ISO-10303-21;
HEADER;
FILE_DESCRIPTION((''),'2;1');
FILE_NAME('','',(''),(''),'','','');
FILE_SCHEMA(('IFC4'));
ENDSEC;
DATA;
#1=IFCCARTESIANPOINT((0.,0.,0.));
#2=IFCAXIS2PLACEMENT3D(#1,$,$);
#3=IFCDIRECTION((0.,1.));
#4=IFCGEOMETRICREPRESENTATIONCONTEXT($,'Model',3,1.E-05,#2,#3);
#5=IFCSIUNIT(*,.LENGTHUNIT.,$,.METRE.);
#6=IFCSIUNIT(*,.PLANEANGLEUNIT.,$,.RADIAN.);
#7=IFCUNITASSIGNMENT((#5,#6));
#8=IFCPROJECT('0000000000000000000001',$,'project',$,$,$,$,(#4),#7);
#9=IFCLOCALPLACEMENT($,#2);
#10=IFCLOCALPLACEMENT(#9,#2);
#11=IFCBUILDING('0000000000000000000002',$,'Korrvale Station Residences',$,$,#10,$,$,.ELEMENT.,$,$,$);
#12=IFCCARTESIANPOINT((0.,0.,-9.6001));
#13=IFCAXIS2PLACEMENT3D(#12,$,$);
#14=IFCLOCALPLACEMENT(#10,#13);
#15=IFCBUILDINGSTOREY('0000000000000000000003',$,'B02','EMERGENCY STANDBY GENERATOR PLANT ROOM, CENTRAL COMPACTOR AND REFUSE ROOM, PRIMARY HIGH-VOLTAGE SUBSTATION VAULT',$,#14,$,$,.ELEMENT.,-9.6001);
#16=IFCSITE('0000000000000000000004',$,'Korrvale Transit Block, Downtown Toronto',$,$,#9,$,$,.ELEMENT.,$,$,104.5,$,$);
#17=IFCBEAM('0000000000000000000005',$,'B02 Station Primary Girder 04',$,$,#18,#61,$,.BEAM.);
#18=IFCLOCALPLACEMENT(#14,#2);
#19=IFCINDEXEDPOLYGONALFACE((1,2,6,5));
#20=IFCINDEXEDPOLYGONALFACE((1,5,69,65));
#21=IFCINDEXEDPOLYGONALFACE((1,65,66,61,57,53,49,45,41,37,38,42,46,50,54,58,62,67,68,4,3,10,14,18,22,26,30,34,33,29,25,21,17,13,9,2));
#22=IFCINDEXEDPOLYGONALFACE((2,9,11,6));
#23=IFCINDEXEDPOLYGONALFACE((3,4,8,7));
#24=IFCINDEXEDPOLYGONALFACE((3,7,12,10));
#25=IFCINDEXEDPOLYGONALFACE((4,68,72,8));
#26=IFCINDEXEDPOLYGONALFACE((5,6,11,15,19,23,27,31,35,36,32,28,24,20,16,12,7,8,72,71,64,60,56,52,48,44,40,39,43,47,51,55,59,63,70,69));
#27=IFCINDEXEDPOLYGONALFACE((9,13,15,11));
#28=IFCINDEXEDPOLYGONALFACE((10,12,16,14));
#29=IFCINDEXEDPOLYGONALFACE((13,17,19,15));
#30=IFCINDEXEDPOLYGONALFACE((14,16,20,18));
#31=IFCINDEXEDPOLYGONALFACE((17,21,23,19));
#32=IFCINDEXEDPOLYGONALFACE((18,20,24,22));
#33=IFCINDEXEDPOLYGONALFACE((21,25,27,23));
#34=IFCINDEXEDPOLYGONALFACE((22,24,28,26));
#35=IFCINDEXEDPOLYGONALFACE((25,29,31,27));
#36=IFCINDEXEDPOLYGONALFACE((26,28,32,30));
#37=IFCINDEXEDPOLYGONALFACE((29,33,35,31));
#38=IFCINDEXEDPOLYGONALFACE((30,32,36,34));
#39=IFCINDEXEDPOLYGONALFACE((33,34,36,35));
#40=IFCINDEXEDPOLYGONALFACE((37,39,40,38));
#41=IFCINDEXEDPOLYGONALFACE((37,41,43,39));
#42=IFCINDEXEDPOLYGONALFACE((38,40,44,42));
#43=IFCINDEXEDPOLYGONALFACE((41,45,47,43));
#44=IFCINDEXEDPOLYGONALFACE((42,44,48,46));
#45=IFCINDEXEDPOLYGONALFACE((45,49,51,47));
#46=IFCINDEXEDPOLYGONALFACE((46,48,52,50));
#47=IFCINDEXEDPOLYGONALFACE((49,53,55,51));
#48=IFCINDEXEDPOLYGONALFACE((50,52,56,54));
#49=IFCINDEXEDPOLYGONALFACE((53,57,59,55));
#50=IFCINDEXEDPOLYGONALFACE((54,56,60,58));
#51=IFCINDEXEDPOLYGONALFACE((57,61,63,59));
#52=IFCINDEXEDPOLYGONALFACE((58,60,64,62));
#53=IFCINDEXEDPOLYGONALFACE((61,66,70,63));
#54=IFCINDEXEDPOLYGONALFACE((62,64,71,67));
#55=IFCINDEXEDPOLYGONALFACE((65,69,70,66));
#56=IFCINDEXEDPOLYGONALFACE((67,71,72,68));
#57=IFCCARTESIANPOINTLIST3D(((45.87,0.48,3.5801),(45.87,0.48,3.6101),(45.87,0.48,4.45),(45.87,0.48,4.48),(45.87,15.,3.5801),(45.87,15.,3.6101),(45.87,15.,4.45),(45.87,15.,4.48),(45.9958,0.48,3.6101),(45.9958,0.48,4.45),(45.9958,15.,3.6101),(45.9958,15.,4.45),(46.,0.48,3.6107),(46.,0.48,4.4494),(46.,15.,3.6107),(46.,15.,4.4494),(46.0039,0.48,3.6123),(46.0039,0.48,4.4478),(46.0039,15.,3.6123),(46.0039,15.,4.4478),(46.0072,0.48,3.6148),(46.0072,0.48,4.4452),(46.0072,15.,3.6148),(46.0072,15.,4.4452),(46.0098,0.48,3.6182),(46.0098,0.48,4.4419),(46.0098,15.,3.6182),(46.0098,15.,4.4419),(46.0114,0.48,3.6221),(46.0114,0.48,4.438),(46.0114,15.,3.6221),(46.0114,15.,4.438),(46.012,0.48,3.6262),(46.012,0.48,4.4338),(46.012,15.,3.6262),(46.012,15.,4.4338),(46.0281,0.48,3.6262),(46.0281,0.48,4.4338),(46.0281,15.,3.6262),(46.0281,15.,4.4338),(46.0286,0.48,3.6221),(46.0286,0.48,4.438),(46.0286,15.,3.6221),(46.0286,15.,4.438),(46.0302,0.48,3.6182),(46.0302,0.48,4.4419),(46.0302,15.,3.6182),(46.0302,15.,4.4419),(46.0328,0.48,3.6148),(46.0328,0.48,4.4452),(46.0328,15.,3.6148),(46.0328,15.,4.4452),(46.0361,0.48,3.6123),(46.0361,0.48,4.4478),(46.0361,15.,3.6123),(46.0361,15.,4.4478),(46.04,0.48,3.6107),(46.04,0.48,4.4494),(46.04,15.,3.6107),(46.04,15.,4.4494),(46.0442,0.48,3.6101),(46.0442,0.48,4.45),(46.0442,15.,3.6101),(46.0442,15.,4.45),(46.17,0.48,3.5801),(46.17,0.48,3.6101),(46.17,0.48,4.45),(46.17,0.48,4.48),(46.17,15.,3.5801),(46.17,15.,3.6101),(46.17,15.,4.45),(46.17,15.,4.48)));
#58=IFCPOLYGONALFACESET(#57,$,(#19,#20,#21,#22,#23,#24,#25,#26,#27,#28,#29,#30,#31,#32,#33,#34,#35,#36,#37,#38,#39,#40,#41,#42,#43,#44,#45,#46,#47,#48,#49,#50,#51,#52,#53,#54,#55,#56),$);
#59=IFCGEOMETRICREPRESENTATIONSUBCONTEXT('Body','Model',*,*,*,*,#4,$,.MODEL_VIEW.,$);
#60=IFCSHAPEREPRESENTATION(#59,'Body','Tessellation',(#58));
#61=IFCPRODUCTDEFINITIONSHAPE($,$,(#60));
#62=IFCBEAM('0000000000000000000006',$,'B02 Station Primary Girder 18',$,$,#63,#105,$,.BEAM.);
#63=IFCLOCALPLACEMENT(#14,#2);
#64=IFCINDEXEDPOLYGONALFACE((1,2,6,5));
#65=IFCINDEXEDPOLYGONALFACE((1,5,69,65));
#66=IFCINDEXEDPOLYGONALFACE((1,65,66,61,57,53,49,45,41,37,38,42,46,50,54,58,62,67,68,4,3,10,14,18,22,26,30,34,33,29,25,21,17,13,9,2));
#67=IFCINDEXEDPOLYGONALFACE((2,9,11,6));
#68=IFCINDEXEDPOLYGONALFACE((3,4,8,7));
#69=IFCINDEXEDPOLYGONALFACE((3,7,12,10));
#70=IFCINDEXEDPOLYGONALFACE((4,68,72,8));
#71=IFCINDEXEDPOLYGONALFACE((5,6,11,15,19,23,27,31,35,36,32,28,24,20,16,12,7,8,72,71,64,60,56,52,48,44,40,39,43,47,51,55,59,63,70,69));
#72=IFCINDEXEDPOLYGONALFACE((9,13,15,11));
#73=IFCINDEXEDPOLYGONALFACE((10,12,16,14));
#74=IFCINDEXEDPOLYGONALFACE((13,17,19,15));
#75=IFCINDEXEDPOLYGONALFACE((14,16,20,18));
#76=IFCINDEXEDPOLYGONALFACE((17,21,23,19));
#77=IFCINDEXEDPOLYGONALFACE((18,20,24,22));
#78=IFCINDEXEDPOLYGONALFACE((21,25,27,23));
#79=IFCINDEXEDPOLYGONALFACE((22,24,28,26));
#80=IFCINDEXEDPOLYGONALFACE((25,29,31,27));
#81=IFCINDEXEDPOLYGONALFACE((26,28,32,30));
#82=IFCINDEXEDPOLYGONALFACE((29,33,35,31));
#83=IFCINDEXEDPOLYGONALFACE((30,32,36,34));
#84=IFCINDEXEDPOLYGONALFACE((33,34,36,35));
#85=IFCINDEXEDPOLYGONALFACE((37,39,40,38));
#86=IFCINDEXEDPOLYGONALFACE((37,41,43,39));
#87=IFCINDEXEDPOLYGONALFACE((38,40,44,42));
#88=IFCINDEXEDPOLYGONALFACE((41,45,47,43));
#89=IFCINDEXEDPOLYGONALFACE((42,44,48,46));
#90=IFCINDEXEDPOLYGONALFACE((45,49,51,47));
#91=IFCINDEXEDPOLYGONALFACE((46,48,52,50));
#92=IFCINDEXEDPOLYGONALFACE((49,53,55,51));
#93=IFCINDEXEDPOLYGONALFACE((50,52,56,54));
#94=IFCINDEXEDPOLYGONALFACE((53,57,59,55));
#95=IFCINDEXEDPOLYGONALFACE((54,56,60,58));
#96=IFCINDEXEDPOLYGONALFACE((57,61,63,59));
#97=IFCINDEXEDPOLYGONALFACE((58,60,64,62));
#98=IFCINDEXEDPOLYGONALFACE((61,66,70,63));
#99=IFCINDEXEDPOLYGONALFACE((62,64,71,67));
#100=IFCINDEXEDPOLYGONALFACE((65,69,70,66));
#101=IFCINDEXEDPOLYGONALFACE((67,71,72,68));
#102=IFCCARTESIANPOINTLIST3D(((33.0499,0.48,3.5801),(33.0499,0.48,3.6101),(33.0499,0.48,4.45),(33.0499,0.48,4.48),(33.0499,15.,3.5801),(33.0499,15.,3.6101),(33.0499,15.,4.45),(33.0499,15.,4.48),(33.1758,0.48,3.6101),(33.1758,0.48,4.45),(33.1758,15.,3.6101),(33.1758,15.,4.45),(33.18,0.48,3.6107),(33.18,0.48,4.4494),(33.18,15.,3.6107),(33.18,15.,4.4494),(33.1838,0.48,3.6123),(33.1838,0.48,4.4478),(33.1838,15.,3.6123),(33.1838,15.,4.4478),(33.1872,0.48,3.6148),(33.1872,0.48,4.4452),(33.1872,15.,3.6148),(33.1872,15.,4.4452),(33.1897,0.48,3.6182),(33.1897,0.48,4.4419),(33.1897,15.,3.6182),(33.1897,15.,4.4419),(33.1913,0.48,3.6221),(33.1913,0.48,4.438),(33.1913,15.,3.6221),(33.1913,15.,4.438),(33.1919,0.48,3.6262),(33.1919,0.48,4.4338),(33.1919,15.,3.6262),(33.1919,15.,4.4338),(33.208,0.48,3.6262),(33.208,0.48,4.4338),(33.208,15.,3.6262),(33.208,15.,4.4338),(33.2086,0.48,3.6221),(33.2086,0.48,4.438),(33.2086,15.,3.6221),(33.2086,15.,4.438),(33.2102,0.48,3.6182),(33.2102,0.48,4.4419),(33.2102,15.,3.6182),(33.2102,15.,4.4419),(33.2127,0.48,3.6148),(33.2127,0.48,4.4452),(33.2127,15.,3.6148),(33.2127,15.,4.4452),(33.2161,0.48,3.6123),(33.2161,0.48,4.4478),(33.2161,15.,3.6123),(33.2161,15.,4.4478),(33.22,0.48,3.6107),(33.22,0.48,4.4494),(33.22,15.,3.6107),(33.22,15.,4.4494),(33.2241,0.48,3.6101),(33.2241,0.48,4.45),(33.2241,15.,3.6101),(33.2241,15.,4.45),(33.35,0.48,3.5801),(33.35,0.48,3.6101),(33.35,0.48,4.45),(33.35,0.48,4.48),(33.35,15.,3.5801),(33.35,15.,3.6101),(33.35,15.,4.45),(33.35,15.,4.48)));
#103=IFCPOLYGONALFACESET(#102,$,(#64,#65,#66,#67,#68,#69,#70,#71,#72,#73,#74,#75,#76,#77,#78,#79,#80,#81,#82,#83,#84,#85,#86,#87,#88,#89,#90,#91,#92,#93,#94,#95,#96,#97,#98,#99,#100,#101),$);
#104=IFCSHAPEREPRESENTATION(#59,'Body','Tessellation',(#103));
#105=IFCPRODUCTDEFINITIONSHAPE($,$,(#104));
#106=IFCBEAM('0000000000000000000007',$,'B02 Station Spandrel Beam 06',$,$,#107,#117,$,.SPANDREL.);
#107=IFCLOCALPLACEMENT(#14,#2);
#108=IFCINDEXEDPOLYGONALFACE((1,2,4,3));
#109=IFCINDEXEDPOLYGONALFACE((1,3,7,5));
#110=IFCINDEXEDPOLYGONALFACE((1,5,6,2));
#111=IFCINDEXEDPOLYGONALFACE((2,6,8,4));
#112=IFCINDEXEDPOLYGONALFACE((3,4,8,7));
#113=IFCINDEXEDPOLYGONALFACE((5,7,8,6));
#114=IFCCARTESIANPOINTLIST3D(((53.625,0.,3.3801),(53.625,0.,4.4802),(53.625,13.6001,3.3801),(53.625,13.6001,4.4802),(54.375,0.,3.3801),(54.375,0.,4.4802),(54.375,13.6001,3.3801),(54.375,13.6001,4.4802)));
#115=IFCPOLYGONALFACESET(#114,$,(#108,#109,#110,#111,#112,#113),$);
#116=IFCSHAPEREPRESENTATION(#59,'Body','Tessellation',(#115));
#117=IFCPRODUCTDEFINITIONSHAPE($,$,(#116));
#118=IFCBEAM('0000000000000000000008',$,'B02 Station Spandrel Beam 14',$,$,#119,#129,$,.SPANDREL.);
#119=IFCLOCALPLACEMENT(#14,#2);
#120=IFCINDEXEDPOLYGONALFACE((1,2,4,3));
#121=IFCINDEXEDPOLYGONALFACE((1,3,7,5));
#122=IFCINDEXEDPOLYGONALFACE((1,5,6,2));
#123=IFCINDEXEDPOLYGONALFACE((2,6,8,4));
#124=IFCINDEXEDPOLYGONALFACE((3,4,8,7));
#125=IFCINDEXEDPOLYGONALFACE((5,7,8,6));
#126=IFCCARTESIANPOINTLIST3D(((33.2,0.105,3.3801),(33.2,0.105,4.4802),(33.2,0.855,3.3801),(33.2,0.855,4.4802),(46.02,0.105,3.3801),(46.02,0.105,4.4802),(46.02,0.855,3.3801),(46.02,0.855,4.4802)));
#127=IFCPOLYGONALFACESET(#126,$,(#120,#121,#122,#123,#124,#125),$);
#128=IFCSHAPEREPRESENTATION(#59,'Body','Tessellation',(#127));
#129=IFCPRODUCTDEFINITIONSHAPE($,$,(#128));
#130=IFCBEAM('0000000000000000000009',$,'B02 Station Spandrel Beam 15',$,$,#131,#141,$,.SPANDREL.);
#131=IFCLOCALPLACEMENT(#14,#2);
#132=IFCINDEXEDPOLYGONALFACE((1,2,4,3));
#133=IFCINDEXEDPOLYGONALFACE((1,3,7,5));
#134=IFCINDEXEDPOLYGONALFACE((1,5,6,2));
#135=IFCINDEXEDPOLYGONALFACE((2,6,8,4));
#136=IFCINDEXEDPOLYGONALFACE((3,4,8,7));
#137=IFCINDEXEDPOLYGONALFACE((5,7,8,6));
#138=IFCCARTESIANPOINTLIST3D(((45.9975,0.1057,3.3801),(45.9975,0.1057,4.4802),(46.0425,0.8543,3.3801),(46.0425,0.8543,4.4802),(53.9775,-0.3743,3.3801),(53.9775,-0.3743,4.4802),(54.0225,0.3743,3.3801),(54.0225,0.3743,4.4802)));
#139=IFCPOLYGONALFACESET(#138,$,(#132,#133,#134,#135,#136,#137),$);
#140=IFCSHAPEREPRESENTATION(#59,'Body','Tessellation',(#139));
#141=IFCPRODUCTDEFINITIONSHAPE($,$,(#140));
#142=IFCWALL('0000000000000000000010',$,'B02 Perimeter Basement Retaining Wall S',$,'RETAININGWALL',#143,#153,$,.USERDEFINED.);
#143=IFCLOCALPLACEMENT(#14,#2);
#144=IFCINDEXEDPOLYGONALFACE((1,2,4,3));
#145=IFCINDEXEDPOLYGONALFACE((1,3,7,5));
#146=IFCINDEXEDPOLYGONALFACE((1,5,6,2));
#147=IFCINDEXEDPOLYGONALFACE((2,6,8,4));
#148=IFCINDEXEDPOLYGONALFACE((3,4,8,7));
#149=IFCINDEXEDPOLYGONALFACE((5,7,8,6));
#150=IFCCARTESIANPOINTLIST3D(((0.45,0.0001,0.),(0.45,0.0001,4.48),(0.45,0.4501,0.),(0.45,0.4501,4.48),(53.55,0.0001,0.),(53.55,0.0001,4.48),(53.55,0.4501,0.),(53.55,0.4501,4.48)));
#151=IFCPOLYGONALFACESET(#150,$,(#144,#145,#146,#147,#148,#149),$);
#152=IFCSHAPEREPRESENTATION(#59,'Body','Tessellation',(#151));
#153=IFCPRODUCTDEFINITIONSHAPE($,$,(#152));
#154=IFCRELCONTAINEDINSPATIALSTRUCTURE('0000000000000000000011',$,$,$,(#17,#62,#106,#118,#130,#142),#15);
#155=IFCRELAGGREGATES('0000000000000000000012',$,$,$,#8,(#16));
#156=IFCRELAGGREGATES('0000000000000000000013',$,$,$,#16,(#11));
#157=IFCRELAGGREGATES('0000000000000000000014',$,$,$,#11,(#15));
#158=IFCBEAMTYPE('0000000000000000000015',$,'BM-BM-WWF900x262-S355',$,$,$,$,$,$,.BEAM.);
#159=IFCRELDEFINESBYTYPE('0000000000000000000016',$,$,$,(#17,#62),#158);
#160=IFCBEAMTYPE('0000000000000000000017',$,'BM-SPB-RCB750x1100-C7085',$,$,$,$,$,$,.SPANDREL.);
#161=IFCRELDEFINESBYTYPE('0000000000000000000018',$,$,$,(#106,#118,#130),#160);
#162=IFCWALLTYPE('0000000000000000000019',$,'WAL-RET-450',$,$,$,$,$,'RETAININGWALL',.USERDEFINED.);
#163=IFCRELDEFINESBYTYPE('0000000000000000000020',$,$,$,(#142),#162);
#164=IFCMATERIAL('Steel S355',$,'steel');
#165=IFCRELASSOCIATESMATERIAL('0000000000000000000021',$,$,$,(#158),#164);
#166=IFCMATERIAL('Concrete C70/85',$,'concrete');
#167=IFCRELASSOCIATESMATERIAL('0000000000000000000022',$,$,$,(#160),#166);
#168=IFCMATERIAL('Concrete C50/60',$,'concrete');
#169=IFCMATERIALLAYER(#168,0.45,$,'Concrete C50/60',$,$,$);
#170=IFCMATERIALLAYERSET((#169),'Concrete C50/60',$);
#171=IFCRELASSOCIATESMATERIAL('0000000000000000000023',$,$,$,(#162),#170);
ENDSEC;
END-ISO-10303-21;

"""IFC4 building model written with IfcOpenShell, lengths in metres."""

from ifc_helpers import new_model, si_unit, direction, frame, frame_2d, origin, origin_2d, place, context, subcontext, project, spatial, rectangle, i_section, extrude, material, layer, layer_set, material_profile, profile_set, type_object, element, save


model = new_model("IFC4")

# Units and contexts
model_context = context("Model", 3, precision=1e-05, world=origin(), true_north=direction((0.0, 1.0)))
body_context = subcontext(model_context, "Body", "Model", "MODEL_VIEW")
ifc_project = project(units=[si_unit("LENGTHUNIT", "METRE"), si_unit("PLANEANGLEUNIT", "RADIAN")], contexts=[model_context])

# Site, building, storey
site_placement = place(None, origin())
site = spatial("IfcSite", under=ifc_project, at=site_placement, Name="Korrvale Transit Block, Downtown Toronto", CompositionType="ELEMENT", RefElevation=104.5)
building_placement = place(site_placement, origin())
building = spatial("IfcBuilding", under=site, at=building_placement, Name="Korrvale Station Residences", CompositionType="ELEMENT")
storey_placement = place(building_placement, frame((0.0, 0.0, -9.6001)))
storey = spatial("IfcBuildingStorey", under=building, at=storey_placement, Name="B02", Description="EMERGENCY STANDBY GENERATOR PLANT ROOM, CENTRAL COMPACTOR AND REFUSE ROOM, PRIMARY HIGH-VOLTAGE SUBSTATION VAULT", CompositionType="ELEMENT", Elevation=-9.6001)

# Shared definitions
ifc_material_1 = material(Name="Concrete C50/60", Category="concrete")

# Shared definitions
ifc_material_2 = material(Name="Concrete C70/85", Category="concrete")

# Beams
ifc_material_3 = material(Name="Steel S355", Category="steel")
ifc_material_profile_1 = material_profile(ifc_material_3, i_section(OverallWidth=0.3, OverallDepth=0.8999, WebThickness=0.0161, FlangeThickness=0.03, FilletRadius=0.0161, at=origin_2d()), Name="WWF900x262")
ifc_profile_set_1 = profile_set([ifc_material_profile_1], Name="Steel S355")
beam_type_1 = type_object("IfcBeamType", Name="BM-BM-WWF900x262-S355", PredefinedType="BEAM", material=ifc_profile_set_1)
for number, where, z_axis, x_axis, name in (
    (1, (46.02, 0.48, 4.03), (0.0, 1.0, 0.0), (-1.0, 0.0, 0.0), "B02 Station Primary Girder 04"),
    (2, (33.2, 0.48, 4.03), (0.0, 1.0, 0.0), (-1.0, 0.0, 0.0), "B02 Station Primary Girder 18"),
):
    element("IfcBeam", number, at=place(storey_placement, frame(where, z_axis=z_axis, x_axis=x_axis)), inside=storey, type_object=beam_type_1, Name=name, PredefinedType="BEAM", context=body_context, shape_type="SweptSolid", body=[
        extrude(i_section(OverallWidth=0.3, OverallDepth=0.8999, WebThickness=0.0161, FlangeThickness=0.03, FilletRadius=0.0161, at=origin_2d()), origin(), (0.0, 0.0, 1.0), 14.52),
    ])
ifc_material_profile_2 = material_profile(ifc_material_2, rectangle(XDim=0.75, YDim=1.1001, at=origin_2d()), Name="RCB750x1100")
ifc_profile_set_2 = profile_set([ifc_material_profile_2], Name="Concrete C70/85")
beam_type_2 = type_object("IfcBeamType", Name="BM-SPB-RCB750x1100-C7085", PredefinedType="SPANDREL", material=ifc_profile_set_2)
beam_1_placement = place(storey_placement, frame((54.0, 0.0, 3.9302), z_axis=(0.0, 1.0, 0.0), x_axis=(-1.0, 0.0, 0.0)))
element("IfcBeam", 3, at=beam_1_placement, inside=storey, type_object=beam_type_2, Name="B02 Station Spandrel Beam 06", PredefinedType="SPANDREL", context=body_context, shape_type="SweptSolid", body=[
    extrude(rectangle(XDim=0.75, YDim=1.1001, at=origin_2d()), origin(), (0.0, 0.0, 1.0), 13.6001),
])
beam_2_placement = place(storey_placement, frame((33.2, 0.48, 3.9302), z_axis=(1.0, 0.0, 0.0), x_axis=(0.0, 1.0, 0.0)))
element("IfcBeam", 4, at=beam_2_placement, inside=storey, type_object=beam_type_2, Name="B02 Station Spandrel Beam 14", PredefinedType="SPANDREL", context=body_context, shape_type="SweptSolid", body=[
    extrude(rectangle(XDim=0.75, YDim=1.1001, at=origin_2d()), origin(), (0.0, 0.0, 1.0), 12.8201),
])
beam_3_placement = place(storey_placement, frame((46.02, 0.48, 3.9302), z_axis=(0.998196, -0.06004, 0.0), x_axis=(0.06004, 0.998196, 0.0)))
element("IfcBeam", 5, at=beam_3_placement, inside=storey, type_object=beam_type_2, Name="B02 Station Spandrel Beam 15", PredefinedType="SPANDREL", context=body_context, shape_type="SweptSolid", body=[
    extrude(rectangle(XDim=0.75, YDim=1.1001, at=origin_2d()), origin(), (0.0, 0.0, 1.0), 7.9944),
])

# Wall
ifc_layer = layer(ifc_material_1, 0.45, Name="Concrete C50/60")
ifc_layer_set = layer_set([ifc_layer], Name="Concrete C50/60")
wall_type = type_object("IfcWallType", Name="WAL-RET-450", ElementType="RETAININGWALL", PredefinedType="USERDEFINED", material=ifc_layer_set)
wall_placement = place(storey_placement, frame((53.55, 0.2251, 0.0), z_axis=(0.0, 0.0, 1.0), x_axis=(-1.0, 0.0, 0.0)))
element("IfcWall", 6, at=wall_placement, inside=storey, type_object=wall_type, Name="B02 Perimeter Basement Retaining Wall S", ObjectType="RETAININGWALL", PredefinedType="USERDEFINED", context=body_context, shape_type="SweptSolid", body=[
    extrude(rectangle(XDim=53.1001, YDim=0.45, at=frame_2d((26.55, 0.0))), origin(), (0.0, 0.0, 1.0), 4.48),
])

save(model, "model.ifc")
